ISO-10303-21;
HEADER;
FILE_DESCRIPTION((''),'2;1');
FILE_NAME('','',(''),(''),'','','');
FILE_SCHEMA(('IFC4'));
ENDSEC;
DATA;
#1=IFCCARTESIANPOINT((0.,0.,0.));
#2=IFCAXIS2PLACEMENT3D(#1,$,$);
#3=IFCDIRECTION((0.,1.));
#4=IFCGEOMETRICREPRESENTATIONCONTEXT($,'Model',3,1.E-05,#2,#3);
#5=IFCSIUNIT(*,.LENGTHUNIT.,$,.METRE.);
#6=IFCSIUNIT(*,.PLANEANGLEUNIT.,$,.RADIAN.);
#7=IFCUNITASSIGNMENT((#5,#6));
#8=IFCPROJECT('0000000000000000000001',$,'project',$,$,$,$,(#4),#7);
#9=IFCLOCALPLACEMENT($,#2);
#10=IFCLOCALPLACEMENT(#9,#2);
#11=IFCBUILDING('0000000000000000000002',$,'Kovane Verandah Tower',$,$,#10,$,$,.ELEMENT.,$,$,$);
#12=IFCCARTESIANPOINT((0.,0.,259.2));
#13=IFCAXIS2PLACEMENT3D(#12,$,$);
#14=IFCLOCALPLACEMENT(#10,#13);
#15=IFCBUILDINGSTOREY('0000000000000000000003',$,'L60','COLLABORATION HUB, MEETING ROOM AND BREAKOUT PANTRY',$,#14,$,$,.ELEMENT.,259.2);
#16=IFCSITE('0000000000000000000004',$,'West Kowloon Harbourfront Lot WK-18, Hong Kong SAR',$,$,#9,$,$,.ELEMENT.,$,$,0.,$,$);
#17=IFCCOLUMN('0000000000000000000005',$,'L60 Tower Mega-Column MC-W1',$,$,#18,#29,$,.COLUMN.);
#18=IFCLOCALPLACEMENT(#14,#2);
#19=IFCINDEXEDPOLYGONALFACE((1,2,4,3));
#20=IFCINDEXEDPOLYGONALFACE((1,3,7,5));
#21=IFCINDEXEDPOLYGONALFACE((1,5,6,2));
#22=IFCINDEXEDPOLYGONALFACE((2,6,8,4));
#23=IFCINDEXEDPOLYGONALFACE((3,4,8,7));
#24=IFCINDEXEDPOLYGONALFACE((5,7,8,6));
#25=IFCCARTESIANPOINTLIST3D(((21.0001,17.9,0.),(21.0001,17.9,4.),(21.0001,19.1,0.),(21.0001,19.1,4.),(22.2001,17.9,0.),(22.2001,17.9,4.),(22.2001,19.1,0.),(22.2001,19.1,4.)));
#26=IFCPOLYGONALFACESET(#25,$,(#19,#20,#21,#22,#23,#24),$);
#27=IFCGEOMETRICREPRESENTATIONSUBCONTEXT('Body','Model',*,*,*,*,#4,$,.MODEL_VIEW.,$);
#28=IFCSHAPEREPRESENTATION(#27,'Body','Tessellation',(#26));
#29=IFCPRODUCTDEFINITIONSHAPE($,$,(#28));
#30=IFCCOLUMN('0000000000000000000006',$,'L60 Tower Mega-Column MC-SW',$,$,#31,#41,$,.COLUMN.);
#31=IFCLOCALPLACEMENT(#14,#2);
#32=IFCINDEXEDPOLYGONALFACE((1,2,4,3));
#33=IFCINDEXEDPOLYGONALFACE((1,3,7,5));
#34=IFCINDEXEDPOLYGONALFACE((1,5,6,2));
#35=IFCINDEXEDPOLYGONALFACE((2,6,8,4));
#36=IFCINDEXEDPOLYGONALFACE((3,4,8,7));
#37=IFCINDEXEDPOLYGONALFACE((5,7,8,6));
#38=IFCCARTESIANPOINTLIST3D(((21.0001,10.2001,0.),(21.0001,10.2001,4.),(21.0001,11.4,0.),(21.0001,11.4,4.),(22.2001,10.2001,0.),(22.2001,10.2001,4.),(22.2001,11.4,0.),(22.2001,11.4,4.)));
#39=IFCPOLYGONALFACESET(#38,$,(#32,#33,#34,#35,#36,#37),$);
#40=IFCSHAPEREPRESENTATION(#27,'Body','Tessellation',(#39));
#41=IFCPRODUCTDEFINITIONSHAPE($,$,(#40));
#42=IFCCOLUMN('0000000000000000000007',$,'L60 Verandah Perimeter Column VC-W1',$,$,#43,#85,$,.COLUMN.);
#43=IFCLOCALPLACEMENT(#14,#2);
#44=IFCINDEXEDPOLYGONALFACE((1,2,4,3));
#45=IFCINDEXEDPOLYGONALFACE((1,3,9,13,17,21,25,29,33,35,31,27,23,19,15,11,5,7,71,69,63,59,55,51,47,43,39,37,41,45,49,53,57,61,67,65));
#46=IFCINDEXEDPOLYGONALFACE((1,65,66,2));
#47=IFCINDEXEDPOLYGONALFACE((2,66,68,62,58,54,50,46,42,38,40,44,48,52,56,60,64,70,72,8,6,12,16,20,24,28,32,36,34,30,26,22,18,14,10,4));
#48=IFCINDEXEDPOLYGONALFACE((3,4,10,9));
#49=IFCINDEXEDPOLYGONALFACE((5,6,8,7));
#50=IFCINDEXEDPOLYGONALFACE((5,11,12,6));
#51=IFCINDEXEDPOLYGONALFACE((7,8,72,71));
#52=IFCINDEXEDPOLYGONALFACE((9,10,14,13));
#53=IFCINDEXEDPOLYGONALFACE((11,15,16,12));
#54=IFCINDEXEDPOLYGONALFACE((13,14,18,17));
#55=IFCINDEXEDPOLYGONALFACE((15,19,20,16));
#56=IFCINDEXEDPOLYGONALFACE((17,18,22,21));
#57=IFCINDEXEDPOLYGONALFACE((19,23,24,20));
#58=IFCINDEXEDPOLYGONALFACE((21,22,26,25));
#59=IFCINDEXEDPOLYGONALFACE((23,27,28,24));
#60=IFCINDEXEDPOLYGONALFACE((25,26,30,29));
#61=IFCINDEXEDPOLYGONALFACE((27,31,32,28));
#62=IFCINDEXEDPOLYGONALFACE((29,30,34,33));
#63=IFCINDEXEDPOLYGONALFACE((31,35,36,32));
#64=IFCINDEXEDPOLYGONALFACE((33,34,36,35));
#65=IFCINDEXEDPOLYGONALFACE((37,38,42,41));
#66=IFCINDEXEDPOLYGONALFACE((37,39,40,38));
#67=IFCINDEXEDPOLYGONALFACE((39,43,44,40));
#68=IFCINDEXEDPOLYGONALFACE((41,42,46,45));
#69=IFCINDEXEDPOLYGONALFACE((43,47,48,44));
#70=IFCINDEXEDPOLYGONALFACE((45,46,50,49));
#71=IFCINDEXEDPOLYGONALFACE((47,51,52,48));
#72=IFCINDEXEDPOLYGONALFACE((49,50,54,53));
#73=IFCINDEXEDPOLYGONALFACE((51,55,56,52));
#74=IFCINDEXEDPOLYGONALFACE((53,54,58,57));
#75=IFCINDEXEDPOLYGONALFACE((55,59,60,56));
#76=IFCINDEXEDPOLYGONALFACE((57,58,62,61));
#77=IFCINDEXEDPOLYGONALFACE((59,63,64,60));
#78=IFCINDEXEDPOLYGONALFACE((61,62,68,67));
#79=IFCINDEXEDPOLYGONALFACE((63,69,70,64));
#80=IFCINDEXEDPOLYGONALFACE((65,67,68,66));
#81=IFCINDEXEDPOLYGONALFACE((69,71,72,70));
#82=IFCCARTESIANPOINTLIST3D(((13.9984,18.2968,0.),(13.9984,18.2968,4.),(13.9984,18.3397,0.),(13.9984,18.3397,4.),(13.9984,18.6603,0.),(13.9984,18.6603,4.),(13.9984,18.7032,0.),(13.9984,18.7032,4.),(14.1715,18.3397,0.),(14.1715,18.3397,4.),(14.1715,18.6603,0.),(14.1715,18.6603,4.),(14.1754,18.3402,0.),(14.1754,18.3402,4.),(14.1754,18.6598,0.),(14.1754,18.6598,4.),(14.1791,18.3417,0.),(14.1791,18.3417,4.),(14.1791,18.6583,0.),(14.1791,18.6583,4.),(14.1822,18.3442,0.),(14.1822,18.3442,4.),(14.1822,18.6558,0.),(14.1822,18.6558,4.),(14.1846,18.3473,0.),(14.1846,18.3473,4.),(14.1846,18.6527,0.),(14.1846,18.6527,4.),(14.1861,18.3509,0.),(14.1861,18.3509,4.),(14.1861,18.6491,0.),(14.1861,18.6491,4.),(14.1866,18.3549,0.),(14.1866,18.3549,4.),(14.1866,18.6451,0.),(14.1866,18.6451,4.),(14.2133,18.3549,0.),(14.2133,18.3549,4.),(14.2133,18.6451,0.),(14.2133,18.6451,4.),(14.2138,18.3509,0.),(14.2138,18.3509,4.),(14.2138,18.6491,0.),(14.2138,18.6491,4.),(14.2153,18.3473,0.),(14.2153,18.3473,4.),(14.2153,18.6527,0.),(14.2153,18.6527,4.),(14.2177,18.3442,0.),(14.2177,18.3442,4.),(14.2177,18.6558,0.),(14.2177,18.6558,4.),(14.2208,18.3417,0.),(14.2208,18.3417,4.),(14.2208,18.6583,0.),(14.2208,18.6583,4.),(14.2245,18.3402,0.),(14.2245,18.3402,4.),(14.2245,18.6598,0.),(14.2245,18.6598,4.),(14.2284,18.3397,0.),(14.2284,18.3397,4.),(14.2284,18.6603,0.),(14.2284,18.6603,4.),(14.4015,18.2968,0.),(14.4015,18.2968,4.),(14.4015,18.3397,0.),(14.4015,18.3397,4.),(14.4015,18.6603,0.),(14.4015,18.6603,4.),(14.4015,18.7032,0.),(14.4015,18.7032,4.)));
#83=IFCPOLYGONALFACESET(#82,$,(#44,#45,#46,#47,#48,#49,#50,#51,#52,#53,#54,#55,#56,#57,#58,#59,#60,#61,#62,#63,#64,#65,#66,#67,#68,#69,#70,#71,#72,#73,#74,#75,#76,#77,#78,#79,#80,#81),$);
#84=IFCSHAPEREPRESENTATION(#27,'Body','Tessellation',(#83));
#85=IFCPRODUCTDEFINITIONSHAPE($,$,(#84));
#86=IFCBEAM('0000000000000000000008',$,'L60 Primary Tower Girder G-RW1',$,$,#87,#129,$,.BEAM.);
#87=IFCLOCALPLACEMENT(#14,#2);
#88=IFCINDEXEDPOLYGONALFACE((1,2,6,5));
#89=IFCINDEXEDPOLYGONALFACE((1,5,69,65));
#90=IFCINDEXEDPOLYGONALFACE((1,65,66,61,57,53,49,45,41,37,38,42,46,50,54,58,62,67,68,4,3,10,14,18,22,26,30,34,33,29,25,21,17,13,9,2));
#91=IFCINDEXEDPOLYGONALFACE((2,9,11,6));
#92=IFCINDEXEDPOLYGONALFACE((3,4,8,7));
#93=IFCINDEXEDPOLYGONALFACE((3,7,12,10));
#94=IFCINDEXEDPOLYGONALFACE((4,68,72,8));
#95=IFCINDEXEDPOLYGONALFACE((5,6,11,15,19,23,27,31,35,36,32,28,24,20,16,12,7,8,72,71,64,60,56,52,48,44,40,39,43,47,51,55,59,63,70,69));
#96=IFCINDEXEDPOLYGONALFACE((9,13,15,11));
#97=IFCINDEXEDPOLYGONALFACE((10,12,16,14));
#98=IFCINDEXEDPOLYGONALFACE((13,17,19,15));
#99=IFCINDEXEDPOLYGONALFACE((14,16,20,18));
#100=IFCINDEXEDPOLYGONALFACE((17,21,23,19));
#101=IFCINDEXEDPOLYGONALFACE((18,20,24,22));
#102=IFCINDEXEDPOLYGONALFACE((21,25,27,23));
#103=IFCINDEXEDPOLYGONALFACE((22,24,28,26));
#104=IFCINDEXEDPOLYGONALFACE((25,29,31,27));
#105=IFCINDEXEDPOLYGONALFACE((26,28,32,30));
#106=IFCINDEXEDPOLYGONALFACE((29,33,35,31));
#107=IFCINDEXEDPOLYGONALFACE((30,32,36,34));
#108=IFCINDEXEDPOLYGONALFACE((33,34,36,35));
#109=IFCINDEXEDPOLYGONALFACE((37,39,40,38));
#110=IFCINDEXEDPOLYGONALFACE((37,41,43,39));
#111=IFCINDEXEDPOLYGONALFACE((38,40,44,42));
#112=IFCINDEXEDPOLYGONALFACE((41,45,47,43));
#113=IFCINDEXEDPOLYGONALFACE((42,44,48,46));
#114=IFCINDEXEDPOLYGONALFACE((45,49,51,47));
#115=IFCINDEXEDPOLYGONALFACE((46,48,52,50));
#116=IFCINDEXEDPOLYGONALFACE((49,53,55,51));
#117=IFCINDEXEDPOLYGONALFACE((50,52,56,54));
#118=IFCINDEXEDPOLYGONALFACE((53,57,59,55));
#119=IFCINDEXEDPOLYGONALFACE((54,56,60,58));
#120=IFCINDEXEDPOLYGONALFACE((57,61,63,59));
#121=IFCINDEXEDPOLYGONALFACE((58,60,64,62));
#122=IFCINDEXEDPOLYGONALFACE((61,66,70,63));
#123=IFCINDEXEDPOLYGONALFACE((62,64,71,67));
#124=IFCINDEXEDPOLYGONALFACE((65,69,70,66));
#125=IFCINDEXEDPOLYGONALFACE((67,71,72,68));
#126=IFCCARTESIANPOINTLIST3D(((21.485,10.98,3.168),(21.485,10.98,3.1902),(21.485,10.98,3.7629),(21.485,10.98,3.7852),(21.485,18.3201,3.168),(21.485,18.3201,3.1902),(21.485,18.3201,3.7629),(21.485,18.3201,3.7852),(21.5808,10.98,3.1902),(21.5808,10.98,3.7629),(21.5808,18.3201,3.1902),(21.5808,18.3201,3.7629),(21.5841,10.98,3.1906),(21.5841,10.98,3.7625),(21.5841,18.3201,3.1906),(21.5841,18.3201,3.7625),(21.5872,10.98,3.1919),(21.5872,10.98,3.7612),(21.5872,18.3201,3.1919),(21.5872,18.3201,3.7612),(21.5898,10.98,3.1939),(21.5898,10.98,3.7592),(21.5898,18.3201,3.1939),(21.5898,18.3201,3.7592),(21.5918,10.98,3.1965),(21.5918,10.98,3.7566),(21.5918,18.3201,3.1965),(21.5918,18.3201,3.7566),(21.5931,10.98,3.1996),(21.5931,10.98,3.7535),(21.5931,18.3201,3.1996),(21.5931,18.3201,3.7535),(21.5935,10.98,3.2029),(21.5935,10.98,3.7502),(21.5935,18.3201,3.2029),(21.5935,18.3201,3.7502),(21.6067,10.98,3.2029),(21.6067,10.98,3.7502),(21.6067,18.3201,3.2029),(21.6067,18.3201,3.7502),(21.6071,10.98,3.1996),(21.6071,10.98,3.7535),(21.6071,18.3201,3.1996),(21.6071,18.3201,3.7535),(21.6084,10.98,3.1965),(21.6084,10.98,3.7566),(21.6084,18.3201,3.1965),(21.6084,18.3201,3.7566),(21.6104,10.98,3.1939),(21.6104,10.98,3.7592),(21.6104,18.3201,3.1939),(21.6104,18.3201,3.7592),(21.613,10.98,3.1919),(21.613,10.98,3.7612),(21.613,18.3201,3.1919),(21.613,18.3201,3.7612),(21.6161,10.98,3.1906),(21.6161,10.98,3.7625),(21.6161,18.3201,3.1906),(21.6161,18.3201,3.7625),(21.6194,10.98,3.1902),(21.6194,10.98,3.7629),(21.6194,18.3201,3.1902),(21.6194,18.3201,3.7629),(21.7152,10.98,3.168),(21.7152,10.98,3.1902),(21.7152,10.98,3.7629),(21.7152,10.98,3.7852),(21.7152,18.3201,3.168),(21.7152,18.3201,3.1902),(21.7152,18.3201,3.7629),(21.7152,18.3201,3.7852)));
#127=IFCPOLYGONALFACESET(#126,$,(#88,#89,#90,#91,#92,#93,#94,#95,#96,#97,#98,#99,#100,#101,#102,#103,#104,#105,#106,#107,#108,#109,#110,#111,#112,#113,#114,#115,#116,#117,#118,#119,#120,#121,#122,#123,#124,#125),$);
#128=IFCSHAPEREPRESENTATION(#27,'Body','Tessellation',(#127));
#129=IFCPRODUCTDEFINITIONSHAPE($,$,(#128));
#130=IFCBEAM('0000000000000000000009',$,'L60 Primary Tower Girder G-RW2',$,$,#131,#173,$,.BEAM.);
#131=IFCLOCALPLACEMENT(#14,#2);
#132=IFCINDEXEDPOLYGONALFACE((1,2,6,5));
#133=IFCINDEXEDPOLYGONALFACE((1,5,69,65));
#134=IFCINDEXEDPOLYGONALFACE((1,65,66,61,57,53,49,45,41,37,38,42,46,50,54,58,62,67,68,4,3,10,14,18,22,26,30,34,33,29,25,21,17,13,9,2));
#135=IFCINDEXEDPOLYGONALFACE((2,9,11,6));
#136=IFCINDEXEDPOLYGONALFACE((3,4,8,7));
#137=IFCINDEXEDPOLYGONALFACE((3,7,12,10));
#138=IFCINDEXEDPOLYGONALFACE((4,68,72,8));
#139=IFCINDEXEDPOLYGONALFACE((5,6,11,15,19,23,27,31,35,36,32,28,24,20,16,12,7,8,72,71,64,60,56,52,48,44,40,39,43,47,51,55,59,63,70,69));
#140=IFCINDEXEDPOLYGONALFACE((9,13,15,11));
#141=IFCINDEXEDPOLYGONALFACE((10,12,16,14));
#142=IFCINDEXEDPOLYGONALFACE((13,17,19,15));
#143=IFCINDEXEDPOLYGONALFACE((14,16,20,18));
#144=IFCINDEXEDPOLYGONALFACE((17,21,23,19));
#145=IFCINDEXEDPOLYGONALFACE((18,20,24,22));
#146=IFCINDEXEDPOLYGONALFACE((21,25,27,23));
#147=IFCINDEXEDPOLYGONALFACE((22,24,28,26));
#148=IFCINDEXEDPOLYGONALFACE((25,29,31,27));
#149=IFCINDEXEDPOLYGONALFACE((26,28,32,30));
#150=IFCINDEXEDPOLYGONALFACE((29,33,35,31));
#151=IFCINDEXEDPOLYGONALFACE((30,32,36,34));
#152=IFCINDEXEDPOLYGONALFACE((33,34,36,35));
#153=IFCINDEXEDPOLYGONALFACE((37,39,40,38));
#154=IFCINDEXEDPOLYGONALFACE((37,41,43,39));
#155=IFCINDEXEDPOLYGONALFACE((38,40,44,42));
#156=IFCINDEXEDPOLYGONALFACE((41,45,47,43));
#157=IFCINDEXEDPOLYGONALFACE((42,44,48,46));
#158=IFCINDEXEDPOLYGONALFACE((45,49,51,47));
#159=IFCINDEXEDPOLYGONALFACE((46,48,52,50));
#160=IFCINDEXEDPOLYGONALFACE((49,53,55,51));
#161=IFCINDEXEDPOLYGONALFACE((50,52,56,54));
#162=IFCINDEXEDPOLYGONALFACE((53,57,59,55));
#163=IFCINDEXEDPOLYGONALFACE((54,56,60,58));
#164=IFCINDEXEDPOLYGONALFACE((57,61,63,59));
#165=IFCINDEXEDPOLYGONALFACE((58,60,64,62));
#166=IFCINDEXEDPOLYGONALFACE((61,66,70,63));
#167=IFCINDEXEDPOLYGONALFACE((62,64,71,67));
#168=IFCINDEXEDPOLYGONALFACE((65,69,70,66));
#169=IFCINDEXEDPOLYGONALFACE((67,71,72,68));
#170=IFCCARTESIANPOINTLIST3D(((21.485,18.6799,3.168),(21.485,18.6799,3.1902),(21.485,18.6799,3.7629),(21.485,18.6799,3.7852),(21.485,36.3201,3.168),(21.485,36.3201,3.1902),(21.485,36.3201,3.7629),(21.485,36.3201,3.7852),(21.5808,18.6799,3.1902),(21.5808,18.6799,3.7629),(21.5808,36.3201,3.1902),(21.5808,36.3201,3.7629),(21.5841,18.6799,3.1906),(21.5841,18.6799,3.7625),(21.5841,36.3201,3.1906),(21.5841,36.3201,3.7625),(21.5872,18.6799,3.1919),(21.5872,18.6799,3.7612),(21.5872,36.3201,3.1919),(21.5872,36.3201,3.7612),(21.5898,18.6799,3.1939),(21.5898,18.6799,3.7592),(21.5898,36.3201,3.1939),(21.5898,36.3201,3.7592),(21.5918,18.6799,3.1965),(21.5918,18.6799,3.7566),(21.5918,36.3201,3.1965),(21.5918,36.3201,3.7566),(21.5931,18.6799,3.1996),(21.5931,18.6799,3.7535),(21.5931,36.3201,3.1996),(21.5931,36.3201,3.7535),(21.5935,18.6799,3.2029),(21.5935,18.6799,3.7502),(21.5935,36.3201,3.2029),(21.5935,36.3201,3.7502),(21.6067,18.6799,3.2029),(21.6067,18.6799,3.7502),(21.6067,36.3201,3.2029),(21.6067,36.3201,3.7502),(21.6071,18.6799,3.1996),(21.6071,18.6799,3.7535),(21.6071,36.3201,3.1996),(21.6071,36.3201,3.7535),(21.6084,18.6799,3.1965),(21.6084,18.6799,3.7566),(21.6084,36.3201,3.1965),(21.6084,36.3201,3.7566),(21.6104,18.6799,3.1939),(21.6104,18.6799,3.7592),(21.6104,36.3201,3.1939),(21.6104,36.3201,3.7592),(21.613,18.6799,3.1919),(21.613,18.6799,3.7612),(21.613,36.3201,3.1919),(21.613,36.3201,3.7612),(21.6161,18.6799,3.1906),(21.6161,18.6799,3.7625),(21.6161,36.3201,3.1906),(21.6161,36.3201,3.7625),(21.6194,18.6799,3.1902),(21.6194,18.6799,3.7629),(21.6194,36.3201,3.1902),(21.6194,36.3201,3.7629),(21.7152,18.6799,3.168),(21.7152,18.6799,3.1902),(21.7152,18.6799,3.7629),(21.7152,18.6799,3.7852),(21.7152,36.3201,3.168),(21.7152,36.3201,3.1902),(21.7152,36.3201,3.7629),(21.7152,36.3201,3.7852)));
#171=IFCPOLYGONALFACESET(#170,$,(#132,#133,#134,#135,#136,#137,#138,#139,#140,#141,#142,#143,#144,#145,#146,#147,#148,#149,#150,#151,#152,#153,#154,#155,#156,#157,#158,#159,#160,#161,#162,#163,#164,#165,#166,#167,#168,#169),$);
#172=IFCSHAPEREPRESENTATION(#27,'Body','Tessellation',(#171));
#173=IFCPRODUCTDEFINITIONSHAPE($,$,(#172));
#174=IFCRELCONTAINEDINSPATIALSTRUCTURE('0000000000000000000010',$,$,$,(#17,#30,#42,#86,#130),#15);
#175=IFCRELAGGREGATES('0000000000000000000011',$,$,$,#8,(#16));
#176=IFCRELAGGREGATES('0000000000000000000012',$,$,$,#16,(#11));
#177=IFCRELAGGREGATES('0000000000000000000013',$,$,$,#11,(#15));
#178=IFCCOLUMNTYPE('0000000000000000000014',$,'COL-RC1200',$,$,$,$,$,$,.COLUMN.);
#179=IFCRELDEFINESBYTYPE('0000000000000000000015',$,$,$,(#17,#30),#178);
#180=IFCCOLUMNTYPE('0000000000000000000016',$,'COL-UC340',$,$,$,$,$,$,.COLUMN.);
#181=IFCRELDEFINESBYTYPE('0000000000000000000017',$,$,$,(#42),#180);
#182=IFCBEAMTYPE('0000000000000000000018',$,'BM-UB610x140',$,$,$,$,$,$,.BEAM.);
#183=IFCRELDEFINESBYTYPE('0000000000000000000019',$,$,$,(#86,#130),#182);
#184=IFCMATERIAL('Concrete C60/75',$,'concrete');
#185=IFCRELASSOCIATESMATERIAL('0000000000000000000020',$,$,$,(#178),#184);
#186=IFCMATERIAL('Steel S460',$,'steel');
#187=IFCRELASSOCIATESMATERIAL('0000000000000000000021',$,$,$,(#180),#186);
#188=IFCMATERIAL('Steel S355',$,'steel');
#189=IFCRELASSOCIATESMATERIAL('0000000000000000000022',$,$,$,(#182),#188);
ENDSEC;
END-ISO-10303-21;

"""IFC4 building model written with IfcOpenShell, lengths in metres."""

from ifc_helpers import new_model, si_unit, direction, frame, origin, origin_2d, place, context, subcontext, project, spatial, rectangle, i_section, extrude, material, material_profile, profile_set, type_object, element, save


model = new_model("IFC4")

# Units and contexts
model_context = context("Model", 3, precision=1e-05, world=origin(), true_north=direction((0.0, 1.0)))
body_context = subcontext(model_context, "Body", "Model", "MODEL_VIEW")
ifc_project = project(units=[si_unit("LENGTHUNIT", "METRE"), si_unit("PLANEANGLEUNIT", "RADIAN")], contexts=[model_context])

# Site, building, storey
site_placement = place(None, origin())
site = spatial("IfcSite", under=ifc_project, at=site_placement, Name="West Kowloon Harbourfront Lot WK-18, Hong Kong SAR", CompositionType="ELEMENT", RefElevation=0.0)
building_placement = place(site_placement, origin())
building = spatial("IfcBuilding", under=site, at=building_placement, Name="Kovane Verandah Tower", CompositionType="ELEMENT")
storey_placement = place(building_placement, frame((0.0, 0.0, 259.2)))
storey = spatial("IfcBuildingStorey", under=building, at=storey_placement, Name="L60", Description="COLLABORATION HUB, MEETING ROOM AND BREAKOUT PANTRY", CompositionType="ELEMENT", Elevation=259.2)

# Columns
ifc_material_1 = material(Name="Concrete C60/75", Category="concrete")
ifc_material_profile_1 = material_profile(ifc_material_1, rectangle(XDim=1.2, YDim=1.2, at=origin_2d()), Name="RC1200x1200")
ifc_profile_set_1 = profile_set([ifc_material_profile_1], Name="Concrete C60/75")
column_type_1 = type_object("IfcColumnType", Name="COL-RC1200", PredefinedType="COLUMN", material=ifc_profile_set_1)
for number, where, z_axis, x_axis, name in (
    (1, (21.6001, 18.5, 0.0), (0.0, 0.0, 1.0), (1.0, 0.0, 0.0), "L60 Tower Mega-Column MC-W1"),
    (2, (21.6001, 10.8, 0.0), (0.0, 0.0, 1.0), (1.0, 0.0, 0.0), "L60 Tower Mega-Column MC-SW"),
):
    element("IfcColumn", number, at=place(storey_placement, frame(where, z_axis=z_axis, x_axis=x_axis)), inside=storey, type_object=column_type_1, Name=name, PredefinedType="COLUMN", context=body_context, shape_type="SweptSolid", body=[
        extrude(rectangle(XDim=1.2, YDim=1.2, at=origin_2d()), origin(), (0.0, 0.0, 1.0), 4.0),
    ])
ifc_material_2 = material(Name="Steel S460", Category="steel")
ifc_material_profile_2 = material_profile(ifc_material_2, i_section(OverallWidth=0.4031, OverallDepth=0.4065, WebThickness=0.0266, FlangeThickness=0.043, FilletRadius=0.0151, at=origin_2d()), Name="UC356x406x340")
ifc_profile_set_2 = profile_set([ifc_material_profile_2], Name="Steel S460")
column_type_2 = type_object("IfcColumnType", Name="COL-UC340", PredefinedType="COLUMN", material=ifc_profile_set_2)
column_placement = place(storey_placement, frame((14.2, 18.5, 0.0), z_axis=(0.0, 0.0, 1.0), x_axis=(1.0, 0.0, 0.0)))
element("IfcColumn", 3, at=column_placement, inside=storey, type_object=column_type_2, Name="L60 Verandah Perimeter Column VC-W1", PredefinedType="COLUMN", context=body_context, shape_type="SweptSolid", body=[
    extrude(i_section(OverallWidth=0.4031, OverallDepth=0.4065, WebThickness=0.0266, FlangeThickness=0.043, FilletRadius=0.0151, at=origin_2d()), origin(), (0.0, 0.0, 1.0), 4.0),
])

# Beams
ifc_material_3 = material(Name="Steel S355", Category="steel")
ifc_material_profile_3 = material_profile(ifc_material_3, i_section(OverallWidth=0.2302, OverallDepth=0.6172, WebThickness=0.0132, FlangeThickness=0.0222, FilletRadius=0.0127, at=origin_2d()), Name="UB610x229x140")
ifc_profile_set_3 = profile_set([ifc_material_profile_3], Name="Steel S355")
beam_type = type_object("IfcBeamType", Name="BM-UB610x140", PredefinedType="BEAM", material=ifc_profile_set_3)
beam_1_placement = place(storey_placement, frame((21.6001, 10.98, 3.4766), z_axis=(0.0, 1.0, 0.0), x_axis=(-1.0, 0.0, 0.0)))
element("IfcBeam", 4, at=beam_1_placement, inside=storey, type_object=beam_type, Name="L60 Primary Tower Girder G-RW1", PredefinedType="BEAM", context=body_context, shape_type="SweptSolid", body=[
    extrude(i_section(OverallWidth=0.2302, OverallDepth=0.6172, WebThickness=0.0132, FlangeThickness=0.0222, FilletRadius=0.0127, at=origin_2d()), origin(), (0.0, 0.0, 1.0), 7.3401),
])
beam_2_placement = place(storey_placement, frame((21.6001, 18.6799, 3.4766), z_axis=(0.0, 1.0, 0.0), x_axis=(-1.0, 0.0, 0.0)))
element("IfcBeam", 5, at=beam_2_placement, inside=storey, type_object=beam_type, Name="L60 Primary Tower Girder G-RW2", PredefinedType="BEAM", context=body_context, shape_type="SweptSolid", body=[
    extrude(i_section(OverallWidth=0.2302, OverallDepth=0.6172, WebThickness=0.0132, FlangeThickness=0.0222, FilletRadius=0.0127, at=origin_2d()), origin(), (0.0, 0.0, 1.0), 17.6401),
])

save(model, "model.ifc")
